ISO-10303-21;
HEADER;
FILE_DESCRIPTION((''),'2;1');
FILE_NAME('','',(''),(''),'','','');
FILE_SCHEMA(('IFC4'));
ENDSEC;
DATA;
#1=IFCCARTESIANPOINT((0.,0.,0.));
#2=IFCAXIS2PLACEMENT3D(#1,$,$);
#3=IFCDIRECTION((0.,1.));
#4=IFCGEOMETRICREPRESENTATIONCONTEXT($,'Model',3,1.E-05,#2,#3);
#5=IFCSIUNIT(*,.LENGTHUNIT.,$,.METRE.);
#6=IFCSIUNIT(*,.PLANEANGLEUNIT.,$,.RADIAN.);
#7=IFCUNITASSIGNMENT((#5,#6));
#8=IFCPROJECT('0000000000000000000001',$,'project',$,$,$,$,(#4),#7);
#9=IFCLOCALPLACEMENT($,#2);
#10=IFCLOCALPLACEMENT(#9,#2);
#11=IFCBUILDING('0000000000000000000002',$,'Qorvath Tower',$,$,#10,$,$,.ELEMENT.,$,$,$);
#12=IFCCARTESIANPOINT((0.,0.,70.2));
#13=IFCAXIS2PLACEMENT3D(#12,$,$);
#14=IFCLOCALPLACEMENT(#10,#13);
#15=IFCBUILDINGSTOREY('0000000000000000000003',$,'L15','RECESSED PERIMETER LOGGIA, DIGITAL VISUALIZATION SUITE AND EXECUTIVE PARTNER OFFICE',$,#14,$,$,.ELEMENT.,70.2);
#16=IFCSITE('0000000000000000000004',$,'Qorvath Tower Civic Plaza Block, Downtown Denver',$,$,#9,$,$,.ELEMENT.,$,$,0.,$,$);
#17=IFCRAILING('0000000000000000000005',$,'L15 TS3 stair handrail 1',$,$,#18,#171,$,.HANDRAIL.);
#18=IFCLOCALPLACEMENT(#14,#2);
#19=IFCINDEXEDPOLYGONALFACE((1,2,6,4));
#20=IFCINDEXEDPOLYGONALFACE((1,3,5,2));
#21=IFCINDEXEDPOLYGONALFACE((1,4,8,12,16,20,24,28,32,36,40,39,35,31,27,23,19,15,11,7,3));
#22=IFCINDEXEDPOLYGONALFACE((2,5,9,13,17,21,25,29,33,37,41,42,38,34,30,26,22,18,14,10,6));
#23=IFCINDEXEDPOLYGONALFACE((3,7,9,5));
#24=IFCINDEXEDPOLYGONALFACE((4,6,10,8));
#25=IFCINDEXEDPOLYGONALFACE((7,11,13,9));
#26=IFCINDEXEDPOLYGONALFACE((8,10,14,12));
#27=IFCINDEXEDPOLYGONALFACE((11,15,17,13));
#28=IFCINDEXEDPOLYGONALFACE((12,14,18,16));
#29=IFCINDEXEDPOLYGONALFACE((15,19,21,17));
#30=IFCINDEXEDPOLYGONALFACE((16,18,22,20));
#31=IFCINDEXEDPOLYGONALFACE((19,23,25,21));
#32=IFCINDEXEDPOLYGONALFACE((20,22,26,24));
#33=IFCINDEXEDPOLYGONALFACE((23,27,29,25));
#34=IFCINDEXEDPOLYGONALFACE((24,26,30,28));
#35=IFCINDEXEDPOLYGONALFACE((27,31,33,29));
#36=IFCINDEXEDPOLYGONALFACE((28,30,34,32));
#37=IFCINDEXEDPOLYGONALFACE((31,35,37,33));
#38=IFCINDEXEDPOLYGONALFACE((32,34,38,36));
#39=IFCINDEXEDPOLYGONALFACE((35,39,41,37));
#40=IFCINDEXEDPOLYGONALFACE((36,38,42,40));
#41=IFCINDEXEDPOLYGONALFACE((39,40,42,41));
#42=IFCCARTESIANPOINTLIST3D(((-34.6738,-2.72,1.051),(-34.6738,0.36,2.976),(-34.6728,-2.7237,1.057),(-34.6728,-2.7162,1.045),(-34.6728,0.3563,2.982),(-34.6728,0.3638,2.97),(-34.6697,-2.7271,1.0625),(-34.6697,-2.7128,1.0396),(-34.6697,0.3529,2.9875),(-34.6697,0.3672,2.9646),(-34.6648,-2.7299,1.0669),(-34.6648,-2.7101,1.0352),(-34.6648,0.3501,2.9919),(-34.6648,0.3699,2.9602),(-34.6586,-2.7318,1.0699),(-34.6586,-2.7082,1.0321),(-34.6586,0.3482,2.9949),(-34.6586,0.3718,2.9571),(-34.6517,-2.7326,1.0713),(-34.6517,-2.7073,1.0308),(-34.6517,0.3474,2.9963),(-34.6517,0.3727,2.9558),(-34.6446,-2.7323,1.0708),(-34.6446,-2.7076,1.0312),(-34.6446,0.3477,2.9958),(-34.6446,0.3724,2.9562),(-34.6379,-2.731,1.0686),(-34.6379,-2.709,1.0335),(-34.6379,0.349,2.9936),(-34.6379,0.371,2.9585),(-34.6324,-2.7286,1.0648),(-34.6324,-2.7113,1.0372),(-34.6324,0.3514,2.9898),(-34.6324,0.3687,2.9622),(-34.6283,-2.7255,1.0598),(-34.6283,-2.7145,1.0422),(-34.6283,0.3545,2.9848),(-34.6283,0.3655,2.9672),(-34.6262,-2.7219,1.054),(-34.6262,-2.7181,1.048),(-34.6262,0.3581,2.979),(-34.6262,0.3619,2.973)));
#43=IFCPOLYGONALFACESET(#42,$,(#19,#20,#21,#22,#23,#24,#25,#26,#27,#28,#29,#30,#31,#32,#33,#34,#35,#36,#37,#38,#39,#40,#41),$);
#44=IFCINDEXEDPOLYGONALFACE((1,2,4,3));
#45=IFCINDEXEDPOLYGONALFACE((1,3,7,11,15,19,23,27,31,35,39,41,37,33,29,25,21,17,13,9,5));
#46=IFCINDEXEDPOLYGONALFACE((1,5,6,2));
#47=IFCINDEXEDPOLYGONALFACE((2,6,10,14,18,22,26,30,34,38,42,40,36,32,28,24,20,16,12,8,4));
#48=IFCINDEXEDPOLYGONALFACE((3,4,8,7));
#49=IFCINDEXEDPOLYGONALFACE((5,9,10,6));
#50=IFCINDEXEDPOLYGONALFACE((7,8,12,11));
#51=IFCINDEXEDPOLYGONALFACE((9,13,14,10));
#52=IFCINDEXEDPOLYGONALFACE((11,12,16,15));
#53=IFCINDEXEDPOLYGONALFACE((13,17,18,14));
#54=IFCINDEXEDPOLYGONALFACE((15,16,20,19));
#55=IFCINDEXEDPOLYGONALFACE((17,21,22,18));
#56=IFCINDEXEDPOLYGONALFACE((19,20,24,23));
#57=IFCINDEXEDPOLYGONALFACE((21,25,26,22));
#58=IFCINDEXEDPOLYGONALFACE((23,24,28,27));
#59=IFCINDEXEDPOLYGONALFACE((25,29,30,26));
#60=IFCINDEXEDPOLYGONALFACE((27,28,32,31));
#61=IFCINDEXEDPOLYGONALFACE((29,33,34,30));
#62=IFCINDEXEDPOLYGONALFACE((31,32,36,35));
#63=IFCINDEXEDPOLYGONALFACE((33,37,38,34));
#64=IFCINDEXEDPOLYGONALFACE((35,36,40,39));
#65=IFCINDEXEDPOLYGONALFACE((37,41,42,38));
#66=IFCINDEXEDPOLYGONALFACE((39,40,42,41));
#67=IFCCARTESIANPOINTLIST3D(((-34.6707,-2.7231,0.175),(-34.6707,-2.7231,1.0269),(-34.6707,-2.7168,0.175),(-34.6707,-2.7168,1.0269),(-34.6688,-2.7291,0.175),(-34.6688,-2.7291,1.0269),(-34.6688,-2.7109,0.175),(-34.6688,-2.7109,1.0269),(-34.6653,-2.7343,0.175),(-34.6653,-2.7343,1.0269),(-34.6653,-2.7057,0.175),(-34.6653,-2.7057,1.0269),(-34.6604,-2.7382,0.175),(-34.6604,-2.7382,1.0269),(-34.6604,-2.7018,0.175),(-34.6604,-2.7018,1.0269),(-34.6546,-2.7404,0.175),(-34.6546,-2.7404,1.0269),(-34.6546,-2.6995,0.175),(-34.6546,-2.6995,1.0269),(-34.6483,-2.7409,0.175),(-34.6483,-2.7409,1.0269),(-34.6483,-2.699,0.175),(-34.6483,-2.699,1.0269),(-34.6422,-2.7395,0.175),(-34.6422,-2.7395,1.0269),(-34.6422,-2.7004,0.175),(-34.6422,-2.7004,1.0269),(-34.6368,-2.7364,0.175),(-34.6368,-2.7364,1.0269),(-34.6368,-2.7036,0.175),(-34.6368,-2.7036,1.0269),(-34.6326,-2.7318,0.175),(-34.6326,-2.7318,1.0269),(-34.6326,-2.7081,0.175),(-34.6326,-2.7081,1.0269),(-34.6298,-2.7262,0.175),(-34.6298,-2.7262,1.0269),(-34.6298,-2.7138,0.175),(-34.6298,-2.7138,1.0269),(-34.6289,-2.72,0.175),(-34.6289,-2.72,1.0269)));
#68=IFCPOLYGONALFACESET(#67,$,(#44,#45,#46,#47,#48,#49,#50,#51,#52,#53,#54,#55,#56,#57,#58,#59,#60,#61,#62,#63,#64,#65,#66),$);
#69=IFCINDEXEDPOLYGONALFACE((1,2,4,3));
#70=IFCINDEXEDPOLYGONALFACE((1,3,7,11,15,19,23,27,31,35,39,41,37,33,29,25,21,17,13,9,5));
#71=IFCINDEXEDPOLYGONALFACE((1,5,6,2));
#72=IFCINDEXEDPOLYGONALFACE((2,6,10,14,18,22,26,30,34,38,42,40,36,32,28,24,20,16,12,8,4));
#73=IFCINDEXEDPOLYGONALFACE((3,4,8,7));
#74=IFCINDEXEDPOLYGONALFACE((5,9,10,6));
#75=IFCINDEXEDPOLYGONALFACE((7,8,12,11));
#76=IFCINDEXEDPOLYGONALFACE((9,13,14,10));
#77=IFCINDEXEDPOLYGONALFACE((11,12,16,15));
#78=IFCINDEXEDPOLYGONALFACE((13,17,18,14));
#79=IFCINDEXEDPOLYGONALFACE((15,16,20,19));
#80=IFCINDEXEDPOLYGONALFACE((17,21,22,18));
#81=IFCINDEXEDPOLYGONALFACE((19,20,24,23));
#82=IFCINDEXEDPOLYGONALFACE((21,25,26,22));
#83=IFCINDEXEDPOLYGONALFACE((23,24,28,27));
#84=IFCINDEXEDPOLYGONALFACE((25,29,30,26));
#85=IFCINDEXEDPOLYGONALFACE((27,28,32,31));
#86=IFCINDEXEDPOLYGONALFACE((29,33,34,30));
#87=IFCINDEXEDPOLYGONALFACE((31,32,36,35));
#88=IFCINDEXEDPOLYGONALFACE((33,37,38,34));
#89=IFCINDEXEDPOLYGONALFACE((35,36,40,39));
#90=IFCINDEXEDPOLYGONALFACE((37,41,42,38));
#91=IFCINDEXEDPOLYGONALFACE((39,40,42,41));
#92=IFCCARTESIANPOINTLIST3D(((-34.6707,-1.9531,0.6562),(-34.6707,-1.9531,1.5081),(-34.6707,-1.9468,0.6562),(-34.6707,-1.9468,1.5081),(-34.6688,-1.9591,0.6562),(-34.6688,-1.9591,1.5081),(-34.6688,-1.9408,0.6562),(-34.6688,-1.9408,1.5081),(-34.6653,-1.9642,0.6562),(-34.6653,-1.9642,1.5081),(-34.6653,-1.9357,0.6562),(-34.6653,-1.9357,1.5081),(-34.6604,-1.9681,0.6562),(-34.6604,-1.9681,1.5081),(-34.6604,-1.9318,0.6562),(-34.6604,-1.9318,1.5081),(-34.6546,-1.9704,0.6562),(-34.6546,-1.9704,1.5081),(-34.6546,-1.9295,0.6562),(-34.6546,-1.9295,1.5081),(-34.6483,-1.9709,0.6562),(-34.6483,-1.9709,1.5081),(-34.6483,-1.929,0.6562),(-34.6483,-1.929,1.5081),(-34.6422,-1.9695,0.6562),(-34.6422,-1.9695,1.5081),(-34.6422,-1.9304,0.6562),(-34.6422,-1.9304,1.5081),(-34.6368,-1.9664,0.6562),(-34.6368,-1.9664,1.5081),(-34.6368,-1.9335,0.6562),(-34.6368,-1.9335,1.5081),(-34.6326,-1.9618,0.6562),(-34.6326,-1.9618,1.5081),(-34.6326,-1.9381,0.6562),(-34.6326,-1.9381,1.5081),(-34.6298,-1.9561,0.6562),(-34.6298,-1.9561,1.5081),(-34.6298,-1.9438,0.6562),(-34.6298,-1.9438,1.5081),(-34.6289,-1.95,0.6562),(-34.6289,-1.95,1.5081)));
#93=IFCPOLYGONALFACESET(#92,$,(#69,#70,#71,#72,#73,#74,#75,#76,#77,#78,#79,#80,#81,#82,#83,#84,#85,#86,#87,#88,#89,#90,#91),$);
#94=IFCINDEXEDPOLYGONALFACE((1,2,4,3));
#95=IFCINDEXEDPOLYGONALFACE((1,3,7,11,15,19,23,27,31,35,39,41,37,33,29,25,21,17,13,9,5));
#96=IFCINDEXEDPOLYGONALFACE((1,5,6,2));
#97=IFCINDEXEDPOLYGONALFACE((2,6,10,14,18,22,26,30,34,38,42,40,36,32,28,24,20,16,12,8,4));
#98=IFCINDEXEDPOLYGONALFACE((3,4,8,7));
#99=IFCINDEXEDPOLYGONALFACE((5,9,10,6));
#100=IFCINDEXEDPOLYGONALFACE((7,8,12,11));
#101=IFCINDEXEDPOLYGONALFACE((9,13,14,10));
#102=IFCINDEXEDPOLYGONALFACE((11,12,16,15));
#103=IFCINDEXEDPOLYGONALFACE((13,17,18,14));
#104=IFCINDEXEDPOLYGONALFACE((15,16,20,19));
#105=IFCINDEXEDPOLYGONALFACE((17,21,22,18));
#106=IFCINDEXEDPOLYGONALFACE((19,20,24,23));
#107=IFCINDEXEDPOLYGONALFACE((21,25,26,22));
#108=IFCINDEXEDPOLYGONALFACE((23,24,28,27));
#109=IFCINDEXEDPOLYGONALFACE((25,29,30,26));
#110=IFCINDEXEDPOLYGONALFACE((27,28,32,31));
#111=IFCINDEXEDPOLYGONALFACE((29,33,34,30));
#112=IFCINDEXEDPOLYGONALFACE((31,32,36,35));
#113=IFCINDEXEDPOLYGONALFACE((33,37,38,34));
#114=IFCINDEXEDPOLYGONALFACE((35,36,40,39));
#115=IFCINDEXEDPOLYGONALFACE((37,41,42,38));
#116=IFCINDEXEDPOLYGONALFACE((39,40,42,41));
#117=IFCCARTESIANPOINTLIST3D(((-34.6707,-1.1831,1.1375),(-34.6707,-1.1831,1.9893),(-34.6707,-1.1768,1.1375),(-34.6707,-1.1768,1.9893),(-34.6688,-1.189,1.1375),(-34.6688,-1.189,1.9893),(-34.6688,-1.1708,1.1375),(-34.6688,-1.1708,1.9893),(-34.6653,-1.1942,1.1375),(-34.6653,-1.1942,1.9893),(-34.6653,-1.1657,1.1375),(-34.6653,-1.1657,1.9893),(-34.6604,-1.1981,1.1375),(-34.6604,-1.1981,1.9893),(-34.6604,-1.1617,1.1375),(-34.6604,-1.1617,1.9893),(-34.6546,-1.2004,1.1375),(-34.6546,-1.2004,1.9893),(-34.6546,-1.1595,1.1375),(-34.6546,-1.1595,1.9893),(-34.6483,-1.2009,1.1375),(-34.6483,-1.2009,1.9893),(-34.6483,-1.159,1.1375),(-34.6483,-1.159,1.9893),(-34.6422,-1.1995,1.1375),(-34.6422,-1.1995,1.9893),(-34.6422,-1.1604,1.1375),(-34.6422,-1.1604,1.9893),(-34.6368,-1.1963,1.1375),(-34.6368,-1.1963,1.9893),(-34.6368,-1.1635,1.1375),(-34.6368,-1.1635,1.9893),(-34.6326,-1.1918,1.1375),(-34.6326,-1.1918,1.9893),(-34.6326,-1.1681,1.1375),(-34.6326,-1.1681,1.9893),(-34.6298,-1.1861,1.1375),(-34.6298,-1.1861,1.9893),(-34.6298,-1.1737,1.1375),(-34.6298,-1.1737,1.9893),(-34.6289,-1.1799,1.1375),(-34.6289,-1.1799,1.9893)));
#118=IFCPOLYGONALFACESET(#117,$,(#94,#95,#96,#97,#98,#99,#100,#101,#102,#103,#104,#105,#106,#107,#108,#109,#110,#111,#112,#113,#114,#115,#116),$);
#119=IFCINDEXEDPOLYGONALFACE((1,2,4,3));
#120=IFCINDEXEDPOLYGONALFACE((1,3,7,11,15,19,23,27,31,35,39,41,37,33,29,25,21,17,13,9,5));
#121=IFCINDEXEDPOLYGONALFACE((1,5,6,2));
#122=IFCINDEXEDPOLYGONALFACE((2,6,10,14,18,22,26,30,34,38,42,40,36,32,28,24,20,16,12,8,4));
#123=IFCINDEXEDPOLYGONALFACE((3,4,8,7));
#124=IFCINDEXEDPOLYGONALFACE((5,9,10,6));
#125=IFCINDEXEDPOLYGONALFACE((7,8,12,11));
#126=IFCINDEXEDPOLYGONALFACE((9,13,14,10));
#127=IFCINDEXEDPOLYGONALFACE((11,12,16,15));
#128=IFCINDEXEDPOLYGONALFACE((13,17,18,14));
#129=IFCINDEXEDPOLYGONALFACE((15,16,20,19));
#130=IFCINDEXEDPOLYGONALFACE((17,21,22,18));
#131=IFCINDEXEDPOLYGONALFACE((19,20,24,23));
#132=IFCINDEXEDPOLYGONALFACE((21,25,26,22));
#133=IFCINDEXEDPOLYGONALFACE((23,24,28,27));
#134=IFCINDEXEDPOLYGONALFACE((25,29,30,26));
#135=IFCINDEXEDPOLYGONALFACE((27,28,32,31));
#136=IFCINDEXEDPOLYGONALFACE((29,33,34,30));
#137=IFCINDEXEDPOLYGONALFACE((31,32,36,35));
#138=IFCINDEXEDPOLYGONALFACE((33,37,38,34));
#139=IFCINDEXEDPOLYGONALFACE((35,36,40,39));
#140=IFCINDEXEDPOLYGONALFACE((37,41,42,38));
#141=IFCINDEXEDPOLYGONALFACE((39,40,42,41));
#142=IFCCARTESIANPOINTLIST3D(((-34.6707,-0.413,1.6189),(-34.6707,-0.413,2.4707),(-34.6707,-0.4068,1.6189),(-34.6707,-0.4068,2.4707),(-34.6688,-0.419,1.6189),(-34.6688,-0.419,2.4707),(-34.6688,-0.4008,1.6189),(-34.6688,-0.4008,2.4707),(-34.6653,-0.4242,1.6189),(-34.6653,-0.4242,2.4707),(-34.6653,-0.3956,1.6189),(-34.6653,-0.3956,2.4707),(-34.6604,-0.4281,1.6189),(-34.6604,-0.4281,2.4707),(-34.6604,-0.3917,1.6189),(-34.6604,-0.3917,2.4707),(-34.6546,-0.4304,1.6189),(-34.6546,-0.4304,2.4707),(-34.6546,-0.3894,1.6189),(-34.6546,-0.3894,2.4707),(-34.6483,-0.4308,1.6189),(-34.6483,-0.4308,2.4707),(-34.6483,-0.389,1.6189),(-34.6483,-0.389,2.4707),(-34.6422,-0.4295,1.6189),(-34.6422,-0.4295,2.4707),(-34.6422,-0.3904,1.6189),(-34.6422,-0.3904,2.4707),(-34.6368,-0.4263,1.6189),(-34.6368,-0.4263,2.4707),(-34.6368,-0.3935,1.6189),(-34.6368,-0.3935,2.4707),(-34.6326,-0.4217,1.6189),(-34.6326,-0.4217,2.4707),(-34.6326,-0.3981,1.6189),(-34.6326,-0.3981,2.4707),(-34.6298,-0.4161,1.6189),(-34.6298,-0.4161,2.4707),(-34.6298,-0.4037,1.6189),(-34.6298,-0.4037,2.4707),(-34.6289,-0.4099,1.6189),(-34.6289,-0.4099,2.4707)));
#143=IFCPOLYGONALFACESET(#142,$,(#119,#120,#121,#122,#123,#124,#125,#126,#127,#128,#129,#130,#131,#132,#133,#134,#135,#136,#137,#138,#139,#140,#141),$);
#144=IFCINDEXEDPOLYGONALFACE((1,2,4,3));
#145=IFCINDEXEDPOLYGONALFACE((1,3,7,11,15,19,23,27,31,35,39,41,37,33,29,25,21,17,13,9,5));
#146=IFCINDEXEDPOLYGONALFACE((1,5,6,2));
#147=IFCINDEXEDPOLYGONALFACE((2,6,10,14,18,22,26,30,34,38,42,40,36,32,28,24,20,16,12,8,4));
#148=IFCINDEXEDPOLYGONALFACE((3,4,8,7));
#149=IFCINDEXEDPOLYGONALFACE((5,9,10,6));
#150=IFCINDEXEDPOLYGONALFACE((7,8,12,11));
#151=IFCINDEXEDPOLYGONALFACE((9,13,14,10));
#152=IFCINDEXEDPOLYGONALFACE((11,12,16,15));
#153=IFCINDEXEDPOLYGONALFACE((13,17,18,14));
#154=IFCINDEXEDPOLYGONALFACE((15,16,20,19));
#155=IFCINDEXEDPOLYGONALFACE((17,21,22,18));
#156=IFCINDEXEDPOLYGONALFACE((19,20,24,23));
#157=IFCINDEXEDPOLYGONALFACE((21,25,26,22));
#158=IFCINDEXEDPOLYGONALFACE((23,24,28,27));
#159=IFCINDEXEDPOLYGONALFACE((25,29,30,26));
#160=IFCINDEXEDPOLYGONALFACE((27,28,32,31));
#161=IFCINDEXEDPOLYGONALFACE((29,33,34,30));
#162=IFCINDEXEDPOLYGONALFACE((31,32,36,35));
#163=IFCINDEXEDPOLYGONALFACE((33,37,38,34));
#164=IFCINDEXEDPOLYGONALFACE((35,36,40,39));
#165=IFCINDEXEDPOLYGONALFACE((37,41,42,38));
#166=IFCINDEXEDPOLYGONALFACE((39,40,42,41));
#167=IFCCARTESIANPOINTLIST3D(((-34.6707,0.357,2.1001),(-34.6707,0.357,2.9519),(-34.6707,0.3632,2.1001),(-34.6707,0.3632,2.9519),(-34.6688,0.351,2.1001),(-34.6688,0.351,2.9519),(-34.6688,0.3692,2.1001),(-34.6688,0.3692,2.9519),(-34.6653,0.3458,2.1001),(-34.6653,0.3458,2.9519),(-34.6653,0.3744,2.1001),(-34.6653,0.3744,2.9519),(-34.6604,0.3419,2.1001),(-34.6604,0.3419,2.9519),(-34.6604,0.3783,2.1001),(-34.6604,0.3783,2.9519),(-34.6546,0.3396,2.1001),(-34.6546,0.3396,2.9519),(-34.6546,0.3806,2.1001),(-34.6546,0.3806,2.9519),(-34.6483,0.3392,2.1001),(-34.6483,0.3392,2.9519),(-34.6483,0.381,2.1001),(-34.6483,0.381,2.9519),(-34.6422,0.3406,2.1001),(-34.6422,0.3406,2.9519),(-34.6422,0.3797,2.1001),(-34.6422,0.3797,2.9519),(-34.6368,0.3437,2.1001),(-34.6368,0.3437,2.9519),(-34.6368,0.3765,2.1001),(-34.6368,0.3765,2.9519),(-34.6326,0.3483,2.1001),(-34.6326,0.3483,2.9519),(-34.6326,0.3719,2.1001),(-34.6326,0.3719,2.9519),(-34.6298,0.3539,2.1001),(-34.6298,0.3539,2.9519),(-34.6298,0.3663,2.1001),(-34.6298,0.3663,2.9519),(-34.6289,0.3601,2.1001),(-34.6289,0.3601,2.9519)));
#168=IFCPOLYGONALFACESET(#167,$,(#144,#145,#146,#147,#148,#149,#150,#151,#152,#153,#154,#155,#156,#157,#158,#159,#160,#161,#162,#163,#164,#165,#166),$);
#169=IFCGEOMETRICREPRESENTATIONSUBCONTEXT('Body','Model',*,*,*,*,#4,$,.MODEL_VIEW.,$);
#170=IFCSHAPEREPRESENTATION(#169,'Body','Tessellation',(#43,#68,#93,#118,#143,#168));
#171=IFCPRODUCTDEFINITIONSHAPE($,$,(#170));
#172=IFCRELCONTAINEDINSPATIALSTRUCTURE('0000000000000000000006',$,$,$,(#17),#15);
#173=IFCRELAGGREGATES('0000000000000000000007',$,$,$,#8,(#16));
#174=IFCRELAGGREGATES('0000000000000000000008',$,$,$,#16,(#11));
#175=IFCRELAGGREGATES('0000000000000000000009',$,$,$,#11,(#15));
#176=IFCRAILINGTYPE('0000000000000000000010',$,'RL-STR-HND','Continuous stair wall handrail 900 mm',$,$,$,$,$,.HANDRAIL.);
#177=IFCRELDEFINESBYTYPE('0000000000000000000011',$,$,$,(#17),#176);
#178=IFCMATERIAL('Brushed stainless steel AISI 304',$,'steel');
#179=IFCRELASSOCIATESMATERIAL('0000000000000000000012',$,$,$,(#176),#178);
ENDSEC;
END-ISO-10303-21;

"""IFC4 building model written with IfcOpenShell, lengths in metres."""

from ifc_helpers import new_model, si_unit, direction, frame, origin, origin_2d, place, context, subcontext, project, spatial, circle, extrude, material, type_object, element, save


model = new_model("IFC4")

# Units and contexts
model_context = context("Model", 3, precision=1e-05, world=origin(), true_north=direction((0.0, 1.0)))
body_context = subcontext(model_context, "Body", "Model", "MODEL_VIEW")
ifc_project = project(units=[si_unit("LENGTHUNIT", "METRE"), si_unit("PLANEANGLEUNIT", "RADIAN")], contexts=[model_context])

# Site, building, storey
site_placement = place(None, origin())
site = spatial("IfcSite", under=ifc_project, at=site_placement, Name="Qorvath Tower Civic Plaza Block, Downtown Denver", CompositionType="ELEMENT", RefElevation=0.0)
building_placement = place(site_placement, origin())
building = spatial("IfcBuilding", under=site, at=building_placement, Name="Qorvath Tower", CompositionType="ELEMENT")
storey_placement = place(building_placement, frame((0.0, 0.0, 70.2)))
storey = spatial("IfcBuildingStorey", under=building, at=storey_placement, Name="L15", Description="RECESSED PERIMETER LOGGIA, DIGITAL VISUALIZATION SUITE AND EXECUTIVE PARTNER OFFICE", CompositionType="ELEMENT", Elevation=70.2)

# Railing
ifc_material_1 = material(Name="Brushed stainless steel AISI 304", Category="steel")
railing_type_1 = type_object("IfcRailingType", Name="RL-STR-HND", Description="Continuous stair wall handrail 900 mm", PredefinedType="HANDRAIL", material=ifc_material_1)
railing_1_placement = place(storey_placement, frame((-34.6499, -2.72, 0.175)))
element("IfcRailing", 1, at=railing_1_placement, inside=storey, type_object=railing_type_1, Name="L15 TS3 stair handrail 1", PredefinedType="HANDRAIL", context=body_context, shape_type="SweptSolid", body=[
    extrude(circle(Radius=0.0239, at=origin_2d()), frame((0.0, 0.0, 0.876), z_axis=(0.0, 0.847998, 0.529999), x_axis=(-1.0, 0.0, 0.0)), (0.0, 0.0, 1.0), 3.6321),
    extrude(circle(Radius=0.021, at=origin_2d()), origin(), (0.0, 0.0, 1.0), 0.8518),
    extrude(circle(Radius=0.021, at=origin_2d()), frame((0.0, 0.77, 0.4812)), (0.0, 0.0, 1.0), 0.8518),
    extrude(circle(Radius=0.021, at=origin_2d()), frame((0.0, 1.54, 0.9624)), (0.0, 0.0, 1.0), 0.8518),
    extrude(circle(Radius=0.021, at=origin_2d()), frame((0.0, 2.3101, 1.4438)), (0.0, 0.0, 1.0), 0.8518),
    extrude(circle(Radius=0.021, at=origin_2d()), frame((0.0, 3.0801, 1.925)), (0.0, 0.0, 1.0), 0.8518),
])

save(model, "model.ifc")
